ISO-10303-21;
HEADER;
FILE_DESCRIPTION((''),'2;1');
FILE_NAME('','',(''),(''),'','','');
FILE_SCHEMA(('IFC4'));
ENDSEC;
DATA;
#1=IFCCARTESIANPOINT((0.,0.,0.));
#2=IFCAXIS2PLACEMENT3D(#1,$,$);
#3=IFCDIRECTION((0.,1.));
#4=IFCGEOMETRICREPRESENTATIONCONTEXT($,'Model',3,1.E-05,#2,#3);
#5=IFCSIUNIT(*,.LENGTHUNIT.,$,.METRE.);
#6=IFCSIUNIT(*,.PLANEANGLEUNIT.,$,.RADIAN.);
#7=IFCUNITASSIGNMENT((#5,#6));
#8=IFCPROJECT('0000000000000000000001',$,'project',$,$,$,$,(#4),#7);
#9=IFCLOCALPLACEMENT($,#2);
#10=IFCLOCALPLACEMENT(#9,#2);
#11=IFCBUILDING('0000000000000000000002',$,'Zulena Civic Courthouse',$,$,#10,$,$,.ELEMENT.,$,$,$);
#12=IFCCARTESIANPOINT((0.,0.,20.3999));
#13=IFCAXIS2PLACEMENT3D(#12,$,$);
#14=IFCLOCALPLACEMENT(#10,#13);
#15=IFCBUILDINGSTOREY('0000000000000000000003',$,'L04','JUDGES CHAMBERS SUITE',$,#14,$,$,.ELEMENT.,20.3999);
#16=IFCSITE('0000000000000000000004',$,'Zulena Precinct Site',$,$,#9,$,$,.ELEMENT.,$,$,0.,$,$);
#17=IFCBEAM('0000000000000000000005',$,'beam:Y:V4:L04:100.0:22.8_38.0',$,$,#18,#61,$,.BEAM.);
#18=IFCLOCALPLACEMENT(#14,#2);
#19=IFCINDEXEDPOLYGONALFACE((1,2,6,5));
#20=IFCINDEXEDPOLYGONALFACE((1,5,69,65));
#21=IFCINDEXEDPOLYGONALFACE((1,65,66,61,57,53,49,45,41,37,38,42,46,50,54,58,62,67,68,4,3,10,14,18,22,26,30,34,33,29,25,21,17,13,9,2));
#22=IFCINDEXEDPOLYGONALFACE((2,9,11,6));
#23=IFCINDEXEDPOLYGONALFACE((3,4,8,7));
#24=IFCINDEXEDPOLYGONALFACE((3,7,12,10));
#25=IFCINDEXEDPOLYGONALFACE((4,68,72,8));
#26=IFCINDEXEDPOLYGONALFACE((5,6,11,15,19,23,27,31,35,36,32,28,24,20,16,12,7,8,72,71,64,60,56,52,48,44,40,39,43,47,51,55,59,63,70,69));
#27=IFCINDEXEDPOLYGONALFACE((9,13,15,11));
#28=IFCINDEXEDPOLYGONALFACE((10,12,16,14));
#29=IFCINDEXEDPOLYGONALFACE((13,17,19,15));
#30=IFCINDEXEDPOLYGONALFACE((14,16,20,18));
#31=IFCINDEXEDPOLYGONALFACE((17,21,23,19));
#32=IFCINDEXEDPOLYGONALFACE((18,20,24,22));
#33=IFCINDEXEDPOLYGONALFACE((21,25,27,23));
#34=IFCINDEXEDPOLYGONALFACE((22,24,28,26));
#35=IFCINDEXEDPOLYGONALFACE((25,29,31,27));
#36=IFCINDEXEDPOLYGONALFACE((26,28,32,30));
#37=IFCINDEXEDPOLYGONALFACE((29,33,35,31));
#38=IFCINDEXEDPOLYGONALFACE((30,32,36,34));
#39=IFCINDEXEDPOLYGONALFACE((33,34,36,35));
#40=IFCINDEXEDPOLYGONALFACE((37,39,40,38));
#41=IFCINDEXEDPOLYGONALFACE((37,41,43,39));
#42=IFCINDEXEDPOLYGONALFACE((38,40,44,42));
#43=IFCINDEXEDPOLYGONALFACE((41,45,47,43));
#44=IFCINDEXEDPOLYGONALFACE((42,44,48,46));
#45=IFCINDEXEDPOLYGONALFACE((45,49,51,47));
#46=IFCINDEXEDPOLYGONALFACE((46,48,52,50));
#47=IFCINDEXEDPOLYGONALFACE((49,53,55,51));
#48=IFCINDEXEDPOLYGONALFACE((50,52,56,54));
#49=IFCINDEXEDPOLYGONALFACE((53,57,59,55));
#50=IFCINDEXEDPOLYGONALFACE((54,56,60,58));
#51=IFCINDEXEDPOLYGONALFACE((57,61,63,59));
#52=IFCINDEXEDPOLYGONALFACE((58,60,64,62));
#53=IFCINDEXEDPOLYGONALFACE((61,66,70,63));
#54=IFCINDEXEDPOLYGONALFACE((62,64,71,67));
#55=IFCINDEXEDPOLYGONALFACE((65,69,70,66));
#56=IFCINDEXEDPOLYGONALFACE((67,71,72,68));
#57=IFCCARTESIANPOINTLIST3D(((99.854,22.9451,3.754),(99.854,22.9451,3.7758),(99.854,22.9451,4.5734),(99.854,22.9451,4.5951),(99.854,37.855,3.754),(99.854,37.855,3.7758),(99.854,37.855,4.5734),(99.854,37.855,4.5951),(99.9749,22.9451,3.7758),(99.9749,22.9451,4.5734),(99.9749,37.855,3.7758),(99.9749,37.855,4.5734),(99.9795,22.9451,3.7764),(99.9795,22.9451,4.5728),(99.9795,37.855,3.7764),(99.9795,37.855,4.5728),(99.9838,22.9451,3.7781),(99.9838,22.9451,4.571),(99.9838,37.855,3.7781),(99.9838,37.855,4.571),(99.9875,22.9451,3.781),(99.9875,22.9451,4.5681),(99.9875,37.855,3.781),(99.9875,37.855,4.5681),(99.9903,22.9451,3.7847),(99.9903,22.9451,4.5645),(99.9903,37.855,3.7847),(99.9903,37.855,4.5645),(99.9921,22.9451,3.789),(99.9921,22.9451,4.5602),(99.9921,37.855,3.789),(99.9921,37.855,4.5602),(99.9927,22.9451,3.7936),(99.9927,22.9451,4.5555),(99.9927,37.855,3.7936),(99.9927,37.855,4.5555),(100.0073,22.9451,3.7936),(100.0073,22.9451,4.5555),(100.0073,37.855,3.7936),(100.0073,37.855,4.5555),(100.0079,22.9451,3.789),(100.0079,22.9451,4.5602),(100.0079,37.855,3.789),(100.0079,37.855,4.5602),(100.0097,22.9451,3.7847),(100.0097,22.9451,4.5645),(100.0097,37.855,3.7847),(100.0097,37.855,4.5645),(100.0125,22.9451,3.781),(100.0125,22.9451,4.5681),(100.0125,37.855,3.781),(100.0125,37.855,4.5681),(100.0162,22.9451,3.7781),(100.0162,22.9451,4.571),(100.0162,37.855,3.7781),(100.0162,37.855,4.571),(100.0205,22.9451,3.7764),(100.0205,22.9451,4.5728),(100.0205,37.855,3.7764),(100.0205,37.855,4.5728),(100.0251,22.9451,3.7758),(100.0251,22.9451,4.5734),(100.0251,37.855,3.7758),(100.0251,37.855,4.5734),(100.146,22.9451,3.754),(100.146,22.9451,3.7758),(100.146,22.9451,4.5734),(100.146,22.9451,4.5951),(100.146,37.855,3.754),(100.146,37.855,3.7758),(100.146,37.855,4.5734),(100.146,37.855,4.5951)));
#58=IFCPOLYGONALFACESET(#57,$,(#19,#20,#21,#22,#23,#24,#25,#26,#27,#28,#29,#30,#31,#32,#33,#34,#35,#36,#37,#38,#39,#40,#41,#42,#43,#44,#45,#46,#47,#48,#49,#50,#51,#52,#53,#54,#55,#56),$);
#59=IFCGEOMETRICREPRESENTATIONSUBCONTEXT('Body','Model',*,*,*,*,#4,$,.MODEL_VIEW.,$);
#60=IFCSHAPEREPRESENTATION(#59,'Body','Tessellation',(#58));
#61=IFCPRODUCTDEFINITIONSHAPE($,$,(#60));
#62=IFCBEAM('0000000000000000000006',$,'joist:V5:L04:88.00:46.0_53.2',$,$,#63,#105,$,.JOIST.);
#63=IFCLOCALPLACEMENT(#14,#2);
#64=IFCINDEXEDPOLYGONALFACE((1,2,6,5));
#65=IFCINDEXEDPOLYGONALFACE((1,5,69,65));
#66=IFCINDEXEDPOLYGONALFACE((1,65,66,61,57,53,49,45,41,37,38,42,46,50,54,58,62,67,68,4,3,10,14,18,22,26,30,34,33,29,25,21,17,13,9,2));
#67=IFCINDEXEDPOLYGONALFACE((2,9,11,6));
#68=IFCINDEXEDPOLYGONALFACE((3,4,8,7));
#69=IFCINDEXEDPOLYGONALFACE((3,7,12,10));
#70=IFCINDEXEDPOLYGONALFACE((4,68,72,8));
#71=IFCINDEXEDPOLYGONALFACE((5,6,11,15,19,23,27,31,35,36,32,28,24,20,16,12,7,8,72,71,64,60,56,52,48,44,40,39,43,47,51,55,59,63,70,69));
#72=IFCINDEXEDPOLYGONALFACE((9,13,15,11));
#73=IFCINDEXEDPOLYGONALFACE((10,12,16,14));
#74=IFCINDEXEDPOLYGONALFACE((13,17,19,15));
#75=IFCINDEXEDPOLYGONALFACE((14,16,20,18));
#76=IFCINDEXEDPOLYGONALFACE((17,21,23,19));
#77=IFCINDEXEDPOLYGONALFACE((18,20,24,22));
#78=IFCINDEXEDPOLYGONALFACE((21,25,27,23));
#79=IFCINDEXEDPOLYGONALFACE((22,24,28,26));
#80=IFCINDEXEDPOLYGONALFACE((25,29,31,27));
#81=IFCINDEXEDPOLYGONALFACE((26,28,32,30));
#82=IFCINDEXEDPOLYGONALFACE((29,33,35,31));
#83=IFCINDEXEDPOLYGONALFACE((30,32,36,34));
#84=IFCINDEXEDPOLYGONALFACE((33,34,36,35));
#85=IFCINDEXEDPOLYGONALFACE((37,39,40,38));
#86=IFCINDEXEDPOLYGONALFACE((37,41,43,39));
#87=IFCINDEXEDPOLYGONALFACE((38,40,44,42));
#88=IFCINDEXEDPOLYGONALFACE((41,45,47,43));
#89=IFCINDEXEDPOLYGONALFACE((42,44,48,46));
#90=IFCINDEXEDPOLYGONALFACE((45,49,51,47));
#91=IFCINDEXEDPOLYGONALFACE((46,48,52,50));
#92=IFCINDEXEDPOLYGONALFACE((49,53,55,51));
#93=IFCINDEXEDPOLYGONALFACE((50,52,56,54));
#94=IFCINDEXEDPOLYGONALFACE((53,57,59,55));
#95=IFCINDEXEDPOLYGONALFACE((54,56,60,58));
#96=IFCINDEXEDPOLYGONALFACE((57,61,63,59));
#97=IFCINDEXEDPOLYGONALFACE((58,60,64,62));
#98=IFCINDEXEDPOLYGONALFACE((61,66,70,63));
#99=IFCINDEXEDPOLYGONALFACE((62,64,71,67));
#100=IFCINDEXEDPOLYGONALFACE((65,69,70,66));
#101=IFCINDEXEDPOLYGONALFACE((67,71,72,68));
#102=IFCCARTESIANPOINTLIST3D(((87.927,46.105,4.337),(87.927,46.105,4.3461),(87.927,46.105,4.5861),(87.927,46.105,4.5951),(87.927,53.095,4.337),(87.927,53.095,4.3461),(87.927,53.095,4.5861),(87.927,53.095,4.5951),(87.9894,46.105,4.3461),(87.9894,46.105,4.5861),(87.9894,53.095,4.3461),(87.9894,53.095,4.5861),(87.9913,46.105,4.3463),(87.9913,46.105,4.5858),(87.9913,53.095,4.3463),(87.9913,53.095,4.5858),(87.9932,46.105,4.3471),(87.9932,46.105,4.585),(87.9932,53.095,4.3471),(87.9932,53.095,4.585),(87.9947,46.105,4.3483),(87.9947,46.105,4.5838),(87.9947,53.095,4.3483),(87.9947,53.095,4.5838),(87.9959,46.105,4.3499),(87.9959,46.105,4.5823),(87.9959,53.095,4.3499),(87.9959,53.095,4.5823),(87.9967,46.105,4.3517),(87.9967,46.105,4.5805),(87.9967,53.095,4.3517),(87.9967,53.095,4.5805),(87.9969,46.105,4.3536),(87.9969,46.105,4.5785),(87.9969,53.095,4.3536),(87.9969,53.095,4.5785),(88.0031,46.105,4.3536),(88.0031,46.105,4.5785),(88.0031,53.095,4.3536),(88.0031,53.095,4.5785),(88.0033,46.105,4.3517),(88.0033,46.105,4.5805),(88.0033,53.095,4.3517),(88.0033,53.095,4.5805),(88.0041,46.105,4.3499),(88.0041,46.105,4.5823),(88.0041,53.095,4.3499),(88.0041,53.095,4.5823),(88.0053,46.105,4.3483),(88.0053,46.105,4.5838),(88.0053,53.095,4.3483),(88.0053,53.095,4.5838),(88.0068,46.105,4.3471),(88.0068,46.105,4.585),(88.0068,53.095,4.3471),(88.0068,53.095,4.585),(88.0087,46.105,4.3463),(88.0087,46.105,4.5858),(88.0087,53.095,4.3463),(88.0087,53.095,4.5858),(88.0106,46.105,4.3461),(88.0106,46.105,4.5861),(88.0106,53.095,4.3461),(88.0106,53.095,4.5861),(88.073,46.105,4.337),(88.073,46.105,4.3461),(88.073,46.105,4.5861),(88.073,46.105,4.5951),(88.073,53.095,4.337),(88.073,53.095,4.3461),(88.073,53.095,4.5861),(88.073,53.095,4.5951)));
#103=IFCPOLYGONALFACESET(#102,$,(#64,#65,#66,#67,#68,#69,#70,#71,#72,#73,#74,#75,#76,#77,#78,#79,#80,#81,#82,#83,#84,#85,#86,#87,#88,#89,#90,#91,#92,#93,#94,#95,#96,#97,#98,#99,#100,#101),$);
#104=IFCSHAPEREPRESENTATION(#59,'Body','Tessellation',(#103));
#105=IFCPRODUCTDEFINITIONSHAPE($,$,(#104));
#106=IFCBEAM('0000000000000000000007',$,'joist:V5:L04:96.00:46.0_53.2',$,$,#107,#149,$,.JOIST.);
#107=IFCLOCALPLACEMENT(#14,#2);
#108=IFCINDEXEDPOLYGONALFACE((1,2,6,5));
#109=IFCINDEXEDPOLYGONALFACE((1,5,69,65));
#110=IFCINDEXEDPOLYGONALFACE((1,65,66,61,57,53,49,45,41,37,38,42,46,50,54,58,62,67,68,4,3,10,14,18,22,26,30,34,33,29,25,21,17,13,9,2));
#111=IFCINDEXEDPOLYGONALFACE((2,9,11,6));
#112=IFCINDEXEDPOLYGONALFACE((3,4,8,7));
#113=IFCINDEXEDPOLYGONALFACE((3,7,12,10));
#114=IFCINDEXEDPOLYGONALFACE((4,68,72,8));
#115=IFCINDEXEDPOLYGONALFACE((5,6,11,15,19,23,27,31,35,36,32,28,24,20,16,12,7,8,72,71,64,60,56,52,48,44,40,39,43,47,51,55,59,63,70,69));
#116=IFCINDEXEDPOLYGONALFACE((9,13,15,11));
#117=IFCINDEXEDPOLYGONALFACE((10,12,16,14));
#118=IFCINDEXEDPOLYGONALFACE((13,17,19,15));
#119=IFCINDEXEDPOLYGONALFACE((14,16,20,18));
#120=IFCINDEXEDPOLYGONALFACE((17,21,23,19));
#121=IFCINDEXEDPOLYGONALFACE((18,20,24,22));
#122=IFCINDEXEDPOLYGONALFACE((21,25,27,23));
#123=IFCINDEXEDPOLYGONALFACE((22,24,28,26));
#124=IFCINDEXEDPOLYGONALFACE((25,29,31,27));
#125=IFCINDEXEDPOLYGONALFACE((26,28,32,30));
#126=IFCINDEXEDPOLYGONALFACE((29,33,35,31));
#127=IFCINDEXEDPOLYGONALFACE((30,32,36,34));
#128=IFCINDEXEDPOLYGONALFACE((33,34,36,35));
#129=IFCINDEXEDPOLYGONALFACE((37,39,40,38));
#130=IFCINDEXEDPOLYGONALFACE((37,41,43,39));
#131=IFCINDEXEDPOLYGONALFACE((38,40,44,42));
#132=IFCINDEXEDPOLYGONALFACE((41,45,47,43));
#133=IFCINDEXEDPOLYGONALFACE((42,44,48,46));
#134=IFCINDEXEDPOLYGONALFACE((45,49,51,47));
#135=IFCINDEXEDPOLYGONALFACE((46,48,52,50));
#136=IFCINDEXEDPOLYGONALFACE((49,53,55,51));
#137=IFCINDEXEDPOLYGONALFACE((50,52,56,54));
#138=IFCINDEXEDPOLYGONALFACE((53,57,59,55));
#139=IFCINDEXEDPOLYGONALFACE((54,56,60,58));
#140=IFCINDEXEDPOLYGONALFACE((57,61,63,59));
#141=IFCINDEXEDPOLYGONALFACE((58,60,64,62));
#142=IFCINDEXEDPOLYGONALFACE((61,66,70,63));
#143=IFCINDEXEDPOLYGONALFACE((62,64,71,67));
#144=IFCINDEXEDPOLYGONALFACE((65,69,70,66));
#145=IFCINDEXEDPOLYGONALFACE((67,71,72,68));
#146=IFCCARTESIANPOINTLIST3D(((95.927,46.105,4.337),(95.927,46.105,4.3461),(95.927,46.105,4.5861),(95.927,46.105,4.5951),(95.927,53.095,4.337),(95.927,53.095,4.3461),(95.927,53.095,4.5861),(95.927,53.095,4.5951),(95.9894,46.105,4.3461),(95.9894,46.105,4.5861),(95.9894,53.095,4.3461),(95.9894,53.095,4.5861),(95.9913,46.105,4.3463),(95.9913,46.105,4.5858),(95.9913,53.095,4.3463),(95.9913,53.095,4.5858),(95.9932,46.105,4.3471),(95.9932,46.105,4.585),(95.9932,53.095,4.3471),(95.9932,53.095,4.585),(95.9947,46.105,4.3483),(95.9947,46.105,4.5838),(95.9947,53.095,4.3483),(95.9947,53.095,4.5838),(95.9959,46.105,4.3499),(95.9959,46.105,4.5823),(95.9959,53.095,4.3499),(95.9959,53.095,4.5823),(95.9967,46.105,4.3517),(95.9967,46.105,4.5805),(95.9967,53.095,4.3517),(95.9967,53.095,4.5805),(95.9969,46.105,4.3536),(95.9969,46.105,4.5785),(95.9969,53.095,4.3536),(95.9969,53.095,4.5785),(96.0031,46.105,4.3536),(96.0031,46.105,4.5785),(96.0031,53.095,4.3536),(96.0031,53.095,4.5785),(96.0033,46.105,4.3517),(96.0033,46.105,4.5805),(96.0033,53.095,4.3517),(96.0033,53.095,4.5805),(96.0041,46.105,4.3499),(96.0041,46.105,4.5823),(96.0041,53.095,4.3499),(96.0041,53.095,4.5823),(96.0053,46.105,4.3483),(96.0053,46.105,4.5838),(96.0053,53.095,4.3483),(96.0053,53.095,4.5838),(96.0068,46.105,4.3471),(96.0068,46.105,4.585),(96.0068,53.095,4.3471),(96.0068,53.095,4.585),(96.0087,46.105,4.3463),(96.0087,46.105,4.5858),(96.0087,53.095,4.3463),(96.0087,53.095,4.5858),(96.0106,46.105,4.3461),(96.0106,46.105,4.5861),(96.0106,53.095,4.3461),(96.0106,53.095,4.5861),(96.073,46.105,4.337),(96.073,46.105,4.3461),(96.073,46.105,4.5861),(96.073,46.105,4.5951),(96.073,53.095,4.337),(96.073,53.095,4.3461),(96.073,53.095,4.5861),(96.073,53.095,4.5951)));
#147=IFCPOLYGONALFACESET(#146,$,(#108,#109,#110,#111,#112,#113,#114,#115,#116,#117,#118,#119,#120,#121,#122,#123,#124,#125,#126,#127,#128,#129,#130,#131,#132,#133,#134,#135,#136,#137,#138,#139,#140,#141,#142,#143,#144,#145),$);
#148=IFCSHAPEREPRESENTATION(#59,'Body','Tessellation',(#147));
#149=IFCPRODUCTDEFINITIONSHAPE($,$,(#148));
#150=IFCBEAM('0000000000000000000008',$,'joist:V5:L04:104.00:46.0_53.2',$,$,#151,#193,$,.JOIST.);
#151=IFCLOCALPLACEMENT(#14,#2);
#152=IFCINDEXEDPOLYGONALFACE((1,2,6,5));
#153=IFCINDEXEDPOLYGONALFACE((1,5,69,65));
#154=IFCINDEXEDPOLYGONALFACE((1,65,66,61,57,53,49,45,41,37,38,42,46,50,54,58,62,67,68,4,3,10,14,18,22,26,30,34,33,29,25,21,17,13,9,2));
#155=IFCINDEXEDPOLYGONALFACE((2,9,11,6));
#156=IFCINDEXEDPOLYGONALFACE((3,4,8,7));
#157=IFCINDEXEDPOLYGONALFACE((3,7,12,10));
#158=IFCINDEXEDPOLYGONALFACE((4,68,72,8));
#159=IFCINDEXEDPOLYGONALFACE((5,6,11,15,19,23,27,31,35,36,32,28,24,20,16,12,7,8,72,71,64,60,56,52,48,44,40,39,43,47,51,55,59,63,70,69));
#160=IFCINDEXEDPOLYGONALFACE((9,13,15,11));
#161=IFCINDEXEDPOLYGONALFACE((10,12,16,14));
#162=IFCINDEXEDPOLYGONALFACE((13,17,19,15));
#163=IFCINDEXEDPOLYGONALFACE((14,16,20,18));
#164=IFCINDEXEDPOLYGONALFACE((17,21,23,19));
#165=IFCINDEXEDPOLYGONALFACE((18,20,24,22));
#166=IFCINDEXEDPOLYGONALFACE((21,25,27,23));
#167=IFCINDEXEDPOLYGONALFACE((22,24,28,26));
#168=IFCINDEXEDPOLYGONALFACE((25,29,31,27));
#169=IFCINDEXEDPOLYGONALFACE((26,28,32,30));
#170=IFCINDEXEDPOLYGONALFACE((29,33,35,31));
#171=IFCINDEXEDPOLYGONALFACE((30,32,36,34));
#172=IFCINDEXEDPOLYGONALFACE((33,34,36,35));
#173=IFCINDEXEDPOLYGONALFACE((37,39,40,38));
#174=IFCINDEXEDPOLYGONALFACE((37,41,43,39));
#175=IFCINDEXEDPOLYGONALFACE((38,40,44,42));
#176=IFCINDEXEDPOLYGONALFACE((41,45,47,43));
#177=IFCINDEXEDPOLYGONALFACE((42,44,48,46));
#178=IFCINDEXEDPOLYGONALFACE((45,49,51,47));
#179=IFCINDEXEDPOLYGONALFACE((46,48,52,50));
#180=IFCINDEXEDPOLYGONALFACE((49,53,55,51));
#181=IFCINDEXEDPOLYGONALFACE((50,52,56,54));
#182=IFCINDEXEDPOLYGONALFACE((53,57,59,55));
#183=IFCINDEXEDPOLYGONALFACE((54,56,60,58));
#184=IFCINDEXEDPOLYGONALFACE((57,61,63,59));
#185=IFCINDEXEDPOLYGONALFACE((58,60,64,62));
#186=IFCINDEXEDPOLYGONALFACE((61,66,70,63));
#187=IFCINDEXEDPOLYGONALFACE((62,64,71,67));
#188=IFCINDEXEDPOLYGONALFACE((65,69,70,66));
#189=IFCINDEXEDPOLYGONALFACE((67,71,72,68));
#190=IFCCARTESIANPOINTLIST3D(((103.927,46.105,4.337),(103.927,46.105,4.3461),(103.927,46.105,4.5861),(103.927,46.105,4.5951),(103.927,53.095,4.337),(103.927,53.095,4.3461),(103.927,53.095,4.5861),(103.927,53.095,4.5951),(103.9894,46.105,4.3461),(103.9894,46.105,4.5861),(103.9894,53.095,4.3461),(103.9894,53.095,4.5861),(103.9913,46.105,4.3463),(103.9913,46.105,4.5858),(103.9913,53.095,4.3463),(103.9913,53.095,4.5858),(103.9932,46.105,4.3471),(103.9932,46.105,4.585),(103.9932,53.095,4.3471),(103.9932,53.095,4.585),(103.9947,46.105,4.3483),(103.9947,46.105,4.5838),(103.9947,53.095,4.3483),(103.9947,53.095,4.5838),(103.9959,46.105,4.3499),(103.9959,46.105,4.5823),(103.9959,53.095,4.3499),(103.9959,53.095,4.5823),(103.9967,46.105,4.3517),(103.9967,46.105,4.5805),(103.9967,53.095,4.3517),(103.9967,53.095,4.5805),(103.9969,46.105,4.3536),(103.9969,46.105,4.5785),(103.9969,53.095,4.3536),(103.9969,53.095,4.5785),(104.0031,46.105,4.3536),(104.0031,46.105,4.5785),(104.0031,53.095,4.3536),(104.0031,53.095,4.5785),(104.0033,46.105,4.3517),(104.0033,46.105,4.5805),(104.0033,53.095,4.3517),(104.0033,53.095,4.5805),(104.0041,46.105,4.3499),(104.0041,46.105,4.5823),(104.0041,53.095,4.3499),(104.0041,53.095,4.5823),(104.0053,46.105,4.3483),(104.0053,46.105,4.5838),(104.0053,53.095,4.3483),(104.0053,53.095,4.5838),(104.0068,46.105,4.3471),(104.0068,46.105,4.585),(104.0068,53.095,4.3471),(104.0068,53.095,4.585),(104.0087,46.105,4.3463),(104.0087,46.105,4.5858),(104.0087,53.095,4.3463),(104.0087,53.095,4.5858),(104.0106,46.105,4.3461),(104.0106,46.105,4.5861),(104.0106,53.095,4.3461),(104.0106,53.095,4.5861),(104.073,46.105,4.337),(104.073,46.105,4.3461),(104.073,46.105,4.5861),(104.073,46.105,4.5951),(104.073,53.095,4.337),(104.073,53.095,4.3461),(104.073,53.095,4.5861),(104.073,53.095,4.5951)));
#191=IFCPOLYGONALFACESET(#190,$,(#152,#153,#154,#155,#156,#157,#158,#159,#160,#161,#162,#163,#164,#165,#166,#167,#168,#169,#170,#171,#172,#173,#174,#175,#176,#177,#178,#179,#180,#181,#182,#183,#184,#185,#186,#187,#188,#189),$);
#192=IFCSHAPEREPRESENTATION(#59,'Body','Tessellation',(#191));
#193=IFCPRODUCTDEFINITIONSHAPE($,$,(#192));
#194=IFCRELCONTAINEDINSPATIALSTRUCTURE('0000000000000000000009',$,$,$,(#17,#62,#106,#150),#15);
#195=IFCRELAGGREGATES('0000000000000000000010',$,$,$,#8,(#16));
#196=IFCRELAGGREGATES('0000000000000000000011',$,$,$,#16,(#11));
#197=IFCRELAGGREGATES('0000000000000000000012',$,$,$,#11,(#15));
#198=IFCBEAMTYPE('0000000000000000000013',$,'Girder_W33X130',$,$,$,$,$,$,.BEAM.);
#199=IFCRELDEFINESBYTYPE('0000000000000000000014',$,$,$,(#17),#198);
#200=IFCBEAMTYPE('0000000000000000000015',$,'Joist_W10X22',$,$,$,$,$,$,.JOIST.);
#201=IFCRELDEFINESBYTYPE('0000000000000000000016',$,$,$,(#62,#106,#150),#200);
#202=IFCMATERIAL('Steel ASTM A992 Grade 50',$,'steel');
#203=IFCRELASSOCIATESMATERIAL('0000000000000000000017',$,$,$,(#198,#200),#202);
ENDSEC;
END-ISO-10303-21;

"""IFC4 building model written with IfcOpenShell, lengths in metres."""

from ifc_helpers import new_model, si_unit, direction, frame, origin, origin_2d, place, context, subcontext, project, spatial, i_section, extrude, material, material_profile, profile_set, type_object, element, save


model = new_model("IFC4")

# Units and contexts
model_context = context("Model", 3, precision=1e-05, world=origin(), true_north=direction((0.0, 1.0)))
body_context = subcontext(model_context, "Body", "Model", "MODEL_VIEW")
ifc_project = project(units=[si_unit("LENGTHUNIT", "METRE"), si_unit("PLANEANGLEUNIT", "RADIAN")], contexts=[model_context])

# Site, building, storey
site_placement = place(None, origin())
site = spatial("IfcSite", under=ifc_project, at=site_placement, Name="Zulena Precinct Site", CompositionType="ELEMENT", RefElevation=0.0)
building_placement = place(site_placement, origin())
building = spatial("IfcBuilding", under=site, at=building_placement, Name="Zulena Civic Courthouse", CompositionType="ELEMENT")
storey_placement = place(building_placement, frame((0.0, 0.0, 20.3999)))
storey = spatial("IfcBuildingStorey", under=building, at=storey_placement, Name="L04", Description="JUDGES CHAMBERS SUITE", CompositionType="ELEMENT", Elevation=20.3999)

# Shared definitions
ifc_material_1 = material(Name="Steel ASTM A992 Grade 50", Category="steel")

# Beams
ifc_material_profile_1 = material_profile(ifc_material_1, i_section(OverallWidth=0.292, OverallDepth=0.8411, WebThickness=0.0146, FlangeThickness=0.0217, FilletRadius=0.0178, at=origin_2d()), Name="W33X130")
ifc_profile_set_1 = profile_set([ifc_material_profile_1], Name="Steel ASTM A992 Grade 50")
beam_type_1 = type_object("IfcBeamType", Name="Girder_W33X130", PredefinedType="BEAM", material=ifc_profile_set_1)
for number, where, z_axis, x_axis, name in (
    (1, (100.0, 22.9451, 4.1746), (0.0, 1.0, 0.0), (-1.0, 0.0, 0.0), "beam:Y:V4:L04:100.0:22.8_38.0"),
):
    element("IfcBeam", number, at=place(storey_placement, frame(where, z_axis=z_axis, x_axis=x_axis)), inside=storey, type_object=beam_type_1, Name=name, PredefinedType="BEAM", context=body_context, shape_type="SweptSolid", body=[
        extrude(i_section(OverallWidth=0.292, OverallDepth=0.8411, WebThickness=0.0146, FlangeThickness=0.0217, FilletRadius=0.0178, at=origin_2d()), origin(), (0.0, 0.0, 1.0), 14.9099),
    ])
ifc_material_profile_2 = material_profile(ifc_material_1, i_section(OverallWidth=0.146, OverallDepth=0.2581, WebThickness=0.0061, FlangeThickness=0.009, FilletRadius=0.0076, at=origin_2d()), Name="W10X22")
ifc_profile_set_2 = profile_set([ifc_material_profile_2], Name="Steel ASTM A992 Grade 50")
beam_type_2 = type_object("IfcBeamType", Name="Joist_W10X22", PredefinedType="JOIST", material=ifc_profile_set_2)
for number, where, z_axis, x_axis, name in (
    (2, (88.0, 46.105, 4.4661), (0.0, 1.0, 0.0), (-1.0, 0.0, 0.0), "joist:V5:L04:88.00:46.0_53.2"),
    (3, (96.0, 46.105, 4.4661), (0.0, 1.0, 0.0), (-1.0, 0.0, 0.0), "joist:V5:L04:96.00:46.0_53.2"),
    (4, (104.0, 46.105, 4.4661), (0.0, 1.0, 0.0), (-1.0, 0.0, 0.0), "joist:V5:L04:104.00:46.0_53.2"),
):
    element("IfcBeam", number, at=place(storey_placement, frame(where, z_axis=z_axis, x_axis=x_axis)), inside=storey, type_object=beam_type_2, Name=name, PredefinedType="JOIST", context=body_context, shape_type="SweptSolid", body=[
        extrude(i_section(OverallWidth=0.146, OverallDepth=0.2581, WebThickness=0.0061, FlangeThickness=0.009, FilletRadius=0.0076, at=origin_2d()), origin(), (0.0, 0.0, 1.0), 6.99),
    ])

save(model, "model.ifc")
